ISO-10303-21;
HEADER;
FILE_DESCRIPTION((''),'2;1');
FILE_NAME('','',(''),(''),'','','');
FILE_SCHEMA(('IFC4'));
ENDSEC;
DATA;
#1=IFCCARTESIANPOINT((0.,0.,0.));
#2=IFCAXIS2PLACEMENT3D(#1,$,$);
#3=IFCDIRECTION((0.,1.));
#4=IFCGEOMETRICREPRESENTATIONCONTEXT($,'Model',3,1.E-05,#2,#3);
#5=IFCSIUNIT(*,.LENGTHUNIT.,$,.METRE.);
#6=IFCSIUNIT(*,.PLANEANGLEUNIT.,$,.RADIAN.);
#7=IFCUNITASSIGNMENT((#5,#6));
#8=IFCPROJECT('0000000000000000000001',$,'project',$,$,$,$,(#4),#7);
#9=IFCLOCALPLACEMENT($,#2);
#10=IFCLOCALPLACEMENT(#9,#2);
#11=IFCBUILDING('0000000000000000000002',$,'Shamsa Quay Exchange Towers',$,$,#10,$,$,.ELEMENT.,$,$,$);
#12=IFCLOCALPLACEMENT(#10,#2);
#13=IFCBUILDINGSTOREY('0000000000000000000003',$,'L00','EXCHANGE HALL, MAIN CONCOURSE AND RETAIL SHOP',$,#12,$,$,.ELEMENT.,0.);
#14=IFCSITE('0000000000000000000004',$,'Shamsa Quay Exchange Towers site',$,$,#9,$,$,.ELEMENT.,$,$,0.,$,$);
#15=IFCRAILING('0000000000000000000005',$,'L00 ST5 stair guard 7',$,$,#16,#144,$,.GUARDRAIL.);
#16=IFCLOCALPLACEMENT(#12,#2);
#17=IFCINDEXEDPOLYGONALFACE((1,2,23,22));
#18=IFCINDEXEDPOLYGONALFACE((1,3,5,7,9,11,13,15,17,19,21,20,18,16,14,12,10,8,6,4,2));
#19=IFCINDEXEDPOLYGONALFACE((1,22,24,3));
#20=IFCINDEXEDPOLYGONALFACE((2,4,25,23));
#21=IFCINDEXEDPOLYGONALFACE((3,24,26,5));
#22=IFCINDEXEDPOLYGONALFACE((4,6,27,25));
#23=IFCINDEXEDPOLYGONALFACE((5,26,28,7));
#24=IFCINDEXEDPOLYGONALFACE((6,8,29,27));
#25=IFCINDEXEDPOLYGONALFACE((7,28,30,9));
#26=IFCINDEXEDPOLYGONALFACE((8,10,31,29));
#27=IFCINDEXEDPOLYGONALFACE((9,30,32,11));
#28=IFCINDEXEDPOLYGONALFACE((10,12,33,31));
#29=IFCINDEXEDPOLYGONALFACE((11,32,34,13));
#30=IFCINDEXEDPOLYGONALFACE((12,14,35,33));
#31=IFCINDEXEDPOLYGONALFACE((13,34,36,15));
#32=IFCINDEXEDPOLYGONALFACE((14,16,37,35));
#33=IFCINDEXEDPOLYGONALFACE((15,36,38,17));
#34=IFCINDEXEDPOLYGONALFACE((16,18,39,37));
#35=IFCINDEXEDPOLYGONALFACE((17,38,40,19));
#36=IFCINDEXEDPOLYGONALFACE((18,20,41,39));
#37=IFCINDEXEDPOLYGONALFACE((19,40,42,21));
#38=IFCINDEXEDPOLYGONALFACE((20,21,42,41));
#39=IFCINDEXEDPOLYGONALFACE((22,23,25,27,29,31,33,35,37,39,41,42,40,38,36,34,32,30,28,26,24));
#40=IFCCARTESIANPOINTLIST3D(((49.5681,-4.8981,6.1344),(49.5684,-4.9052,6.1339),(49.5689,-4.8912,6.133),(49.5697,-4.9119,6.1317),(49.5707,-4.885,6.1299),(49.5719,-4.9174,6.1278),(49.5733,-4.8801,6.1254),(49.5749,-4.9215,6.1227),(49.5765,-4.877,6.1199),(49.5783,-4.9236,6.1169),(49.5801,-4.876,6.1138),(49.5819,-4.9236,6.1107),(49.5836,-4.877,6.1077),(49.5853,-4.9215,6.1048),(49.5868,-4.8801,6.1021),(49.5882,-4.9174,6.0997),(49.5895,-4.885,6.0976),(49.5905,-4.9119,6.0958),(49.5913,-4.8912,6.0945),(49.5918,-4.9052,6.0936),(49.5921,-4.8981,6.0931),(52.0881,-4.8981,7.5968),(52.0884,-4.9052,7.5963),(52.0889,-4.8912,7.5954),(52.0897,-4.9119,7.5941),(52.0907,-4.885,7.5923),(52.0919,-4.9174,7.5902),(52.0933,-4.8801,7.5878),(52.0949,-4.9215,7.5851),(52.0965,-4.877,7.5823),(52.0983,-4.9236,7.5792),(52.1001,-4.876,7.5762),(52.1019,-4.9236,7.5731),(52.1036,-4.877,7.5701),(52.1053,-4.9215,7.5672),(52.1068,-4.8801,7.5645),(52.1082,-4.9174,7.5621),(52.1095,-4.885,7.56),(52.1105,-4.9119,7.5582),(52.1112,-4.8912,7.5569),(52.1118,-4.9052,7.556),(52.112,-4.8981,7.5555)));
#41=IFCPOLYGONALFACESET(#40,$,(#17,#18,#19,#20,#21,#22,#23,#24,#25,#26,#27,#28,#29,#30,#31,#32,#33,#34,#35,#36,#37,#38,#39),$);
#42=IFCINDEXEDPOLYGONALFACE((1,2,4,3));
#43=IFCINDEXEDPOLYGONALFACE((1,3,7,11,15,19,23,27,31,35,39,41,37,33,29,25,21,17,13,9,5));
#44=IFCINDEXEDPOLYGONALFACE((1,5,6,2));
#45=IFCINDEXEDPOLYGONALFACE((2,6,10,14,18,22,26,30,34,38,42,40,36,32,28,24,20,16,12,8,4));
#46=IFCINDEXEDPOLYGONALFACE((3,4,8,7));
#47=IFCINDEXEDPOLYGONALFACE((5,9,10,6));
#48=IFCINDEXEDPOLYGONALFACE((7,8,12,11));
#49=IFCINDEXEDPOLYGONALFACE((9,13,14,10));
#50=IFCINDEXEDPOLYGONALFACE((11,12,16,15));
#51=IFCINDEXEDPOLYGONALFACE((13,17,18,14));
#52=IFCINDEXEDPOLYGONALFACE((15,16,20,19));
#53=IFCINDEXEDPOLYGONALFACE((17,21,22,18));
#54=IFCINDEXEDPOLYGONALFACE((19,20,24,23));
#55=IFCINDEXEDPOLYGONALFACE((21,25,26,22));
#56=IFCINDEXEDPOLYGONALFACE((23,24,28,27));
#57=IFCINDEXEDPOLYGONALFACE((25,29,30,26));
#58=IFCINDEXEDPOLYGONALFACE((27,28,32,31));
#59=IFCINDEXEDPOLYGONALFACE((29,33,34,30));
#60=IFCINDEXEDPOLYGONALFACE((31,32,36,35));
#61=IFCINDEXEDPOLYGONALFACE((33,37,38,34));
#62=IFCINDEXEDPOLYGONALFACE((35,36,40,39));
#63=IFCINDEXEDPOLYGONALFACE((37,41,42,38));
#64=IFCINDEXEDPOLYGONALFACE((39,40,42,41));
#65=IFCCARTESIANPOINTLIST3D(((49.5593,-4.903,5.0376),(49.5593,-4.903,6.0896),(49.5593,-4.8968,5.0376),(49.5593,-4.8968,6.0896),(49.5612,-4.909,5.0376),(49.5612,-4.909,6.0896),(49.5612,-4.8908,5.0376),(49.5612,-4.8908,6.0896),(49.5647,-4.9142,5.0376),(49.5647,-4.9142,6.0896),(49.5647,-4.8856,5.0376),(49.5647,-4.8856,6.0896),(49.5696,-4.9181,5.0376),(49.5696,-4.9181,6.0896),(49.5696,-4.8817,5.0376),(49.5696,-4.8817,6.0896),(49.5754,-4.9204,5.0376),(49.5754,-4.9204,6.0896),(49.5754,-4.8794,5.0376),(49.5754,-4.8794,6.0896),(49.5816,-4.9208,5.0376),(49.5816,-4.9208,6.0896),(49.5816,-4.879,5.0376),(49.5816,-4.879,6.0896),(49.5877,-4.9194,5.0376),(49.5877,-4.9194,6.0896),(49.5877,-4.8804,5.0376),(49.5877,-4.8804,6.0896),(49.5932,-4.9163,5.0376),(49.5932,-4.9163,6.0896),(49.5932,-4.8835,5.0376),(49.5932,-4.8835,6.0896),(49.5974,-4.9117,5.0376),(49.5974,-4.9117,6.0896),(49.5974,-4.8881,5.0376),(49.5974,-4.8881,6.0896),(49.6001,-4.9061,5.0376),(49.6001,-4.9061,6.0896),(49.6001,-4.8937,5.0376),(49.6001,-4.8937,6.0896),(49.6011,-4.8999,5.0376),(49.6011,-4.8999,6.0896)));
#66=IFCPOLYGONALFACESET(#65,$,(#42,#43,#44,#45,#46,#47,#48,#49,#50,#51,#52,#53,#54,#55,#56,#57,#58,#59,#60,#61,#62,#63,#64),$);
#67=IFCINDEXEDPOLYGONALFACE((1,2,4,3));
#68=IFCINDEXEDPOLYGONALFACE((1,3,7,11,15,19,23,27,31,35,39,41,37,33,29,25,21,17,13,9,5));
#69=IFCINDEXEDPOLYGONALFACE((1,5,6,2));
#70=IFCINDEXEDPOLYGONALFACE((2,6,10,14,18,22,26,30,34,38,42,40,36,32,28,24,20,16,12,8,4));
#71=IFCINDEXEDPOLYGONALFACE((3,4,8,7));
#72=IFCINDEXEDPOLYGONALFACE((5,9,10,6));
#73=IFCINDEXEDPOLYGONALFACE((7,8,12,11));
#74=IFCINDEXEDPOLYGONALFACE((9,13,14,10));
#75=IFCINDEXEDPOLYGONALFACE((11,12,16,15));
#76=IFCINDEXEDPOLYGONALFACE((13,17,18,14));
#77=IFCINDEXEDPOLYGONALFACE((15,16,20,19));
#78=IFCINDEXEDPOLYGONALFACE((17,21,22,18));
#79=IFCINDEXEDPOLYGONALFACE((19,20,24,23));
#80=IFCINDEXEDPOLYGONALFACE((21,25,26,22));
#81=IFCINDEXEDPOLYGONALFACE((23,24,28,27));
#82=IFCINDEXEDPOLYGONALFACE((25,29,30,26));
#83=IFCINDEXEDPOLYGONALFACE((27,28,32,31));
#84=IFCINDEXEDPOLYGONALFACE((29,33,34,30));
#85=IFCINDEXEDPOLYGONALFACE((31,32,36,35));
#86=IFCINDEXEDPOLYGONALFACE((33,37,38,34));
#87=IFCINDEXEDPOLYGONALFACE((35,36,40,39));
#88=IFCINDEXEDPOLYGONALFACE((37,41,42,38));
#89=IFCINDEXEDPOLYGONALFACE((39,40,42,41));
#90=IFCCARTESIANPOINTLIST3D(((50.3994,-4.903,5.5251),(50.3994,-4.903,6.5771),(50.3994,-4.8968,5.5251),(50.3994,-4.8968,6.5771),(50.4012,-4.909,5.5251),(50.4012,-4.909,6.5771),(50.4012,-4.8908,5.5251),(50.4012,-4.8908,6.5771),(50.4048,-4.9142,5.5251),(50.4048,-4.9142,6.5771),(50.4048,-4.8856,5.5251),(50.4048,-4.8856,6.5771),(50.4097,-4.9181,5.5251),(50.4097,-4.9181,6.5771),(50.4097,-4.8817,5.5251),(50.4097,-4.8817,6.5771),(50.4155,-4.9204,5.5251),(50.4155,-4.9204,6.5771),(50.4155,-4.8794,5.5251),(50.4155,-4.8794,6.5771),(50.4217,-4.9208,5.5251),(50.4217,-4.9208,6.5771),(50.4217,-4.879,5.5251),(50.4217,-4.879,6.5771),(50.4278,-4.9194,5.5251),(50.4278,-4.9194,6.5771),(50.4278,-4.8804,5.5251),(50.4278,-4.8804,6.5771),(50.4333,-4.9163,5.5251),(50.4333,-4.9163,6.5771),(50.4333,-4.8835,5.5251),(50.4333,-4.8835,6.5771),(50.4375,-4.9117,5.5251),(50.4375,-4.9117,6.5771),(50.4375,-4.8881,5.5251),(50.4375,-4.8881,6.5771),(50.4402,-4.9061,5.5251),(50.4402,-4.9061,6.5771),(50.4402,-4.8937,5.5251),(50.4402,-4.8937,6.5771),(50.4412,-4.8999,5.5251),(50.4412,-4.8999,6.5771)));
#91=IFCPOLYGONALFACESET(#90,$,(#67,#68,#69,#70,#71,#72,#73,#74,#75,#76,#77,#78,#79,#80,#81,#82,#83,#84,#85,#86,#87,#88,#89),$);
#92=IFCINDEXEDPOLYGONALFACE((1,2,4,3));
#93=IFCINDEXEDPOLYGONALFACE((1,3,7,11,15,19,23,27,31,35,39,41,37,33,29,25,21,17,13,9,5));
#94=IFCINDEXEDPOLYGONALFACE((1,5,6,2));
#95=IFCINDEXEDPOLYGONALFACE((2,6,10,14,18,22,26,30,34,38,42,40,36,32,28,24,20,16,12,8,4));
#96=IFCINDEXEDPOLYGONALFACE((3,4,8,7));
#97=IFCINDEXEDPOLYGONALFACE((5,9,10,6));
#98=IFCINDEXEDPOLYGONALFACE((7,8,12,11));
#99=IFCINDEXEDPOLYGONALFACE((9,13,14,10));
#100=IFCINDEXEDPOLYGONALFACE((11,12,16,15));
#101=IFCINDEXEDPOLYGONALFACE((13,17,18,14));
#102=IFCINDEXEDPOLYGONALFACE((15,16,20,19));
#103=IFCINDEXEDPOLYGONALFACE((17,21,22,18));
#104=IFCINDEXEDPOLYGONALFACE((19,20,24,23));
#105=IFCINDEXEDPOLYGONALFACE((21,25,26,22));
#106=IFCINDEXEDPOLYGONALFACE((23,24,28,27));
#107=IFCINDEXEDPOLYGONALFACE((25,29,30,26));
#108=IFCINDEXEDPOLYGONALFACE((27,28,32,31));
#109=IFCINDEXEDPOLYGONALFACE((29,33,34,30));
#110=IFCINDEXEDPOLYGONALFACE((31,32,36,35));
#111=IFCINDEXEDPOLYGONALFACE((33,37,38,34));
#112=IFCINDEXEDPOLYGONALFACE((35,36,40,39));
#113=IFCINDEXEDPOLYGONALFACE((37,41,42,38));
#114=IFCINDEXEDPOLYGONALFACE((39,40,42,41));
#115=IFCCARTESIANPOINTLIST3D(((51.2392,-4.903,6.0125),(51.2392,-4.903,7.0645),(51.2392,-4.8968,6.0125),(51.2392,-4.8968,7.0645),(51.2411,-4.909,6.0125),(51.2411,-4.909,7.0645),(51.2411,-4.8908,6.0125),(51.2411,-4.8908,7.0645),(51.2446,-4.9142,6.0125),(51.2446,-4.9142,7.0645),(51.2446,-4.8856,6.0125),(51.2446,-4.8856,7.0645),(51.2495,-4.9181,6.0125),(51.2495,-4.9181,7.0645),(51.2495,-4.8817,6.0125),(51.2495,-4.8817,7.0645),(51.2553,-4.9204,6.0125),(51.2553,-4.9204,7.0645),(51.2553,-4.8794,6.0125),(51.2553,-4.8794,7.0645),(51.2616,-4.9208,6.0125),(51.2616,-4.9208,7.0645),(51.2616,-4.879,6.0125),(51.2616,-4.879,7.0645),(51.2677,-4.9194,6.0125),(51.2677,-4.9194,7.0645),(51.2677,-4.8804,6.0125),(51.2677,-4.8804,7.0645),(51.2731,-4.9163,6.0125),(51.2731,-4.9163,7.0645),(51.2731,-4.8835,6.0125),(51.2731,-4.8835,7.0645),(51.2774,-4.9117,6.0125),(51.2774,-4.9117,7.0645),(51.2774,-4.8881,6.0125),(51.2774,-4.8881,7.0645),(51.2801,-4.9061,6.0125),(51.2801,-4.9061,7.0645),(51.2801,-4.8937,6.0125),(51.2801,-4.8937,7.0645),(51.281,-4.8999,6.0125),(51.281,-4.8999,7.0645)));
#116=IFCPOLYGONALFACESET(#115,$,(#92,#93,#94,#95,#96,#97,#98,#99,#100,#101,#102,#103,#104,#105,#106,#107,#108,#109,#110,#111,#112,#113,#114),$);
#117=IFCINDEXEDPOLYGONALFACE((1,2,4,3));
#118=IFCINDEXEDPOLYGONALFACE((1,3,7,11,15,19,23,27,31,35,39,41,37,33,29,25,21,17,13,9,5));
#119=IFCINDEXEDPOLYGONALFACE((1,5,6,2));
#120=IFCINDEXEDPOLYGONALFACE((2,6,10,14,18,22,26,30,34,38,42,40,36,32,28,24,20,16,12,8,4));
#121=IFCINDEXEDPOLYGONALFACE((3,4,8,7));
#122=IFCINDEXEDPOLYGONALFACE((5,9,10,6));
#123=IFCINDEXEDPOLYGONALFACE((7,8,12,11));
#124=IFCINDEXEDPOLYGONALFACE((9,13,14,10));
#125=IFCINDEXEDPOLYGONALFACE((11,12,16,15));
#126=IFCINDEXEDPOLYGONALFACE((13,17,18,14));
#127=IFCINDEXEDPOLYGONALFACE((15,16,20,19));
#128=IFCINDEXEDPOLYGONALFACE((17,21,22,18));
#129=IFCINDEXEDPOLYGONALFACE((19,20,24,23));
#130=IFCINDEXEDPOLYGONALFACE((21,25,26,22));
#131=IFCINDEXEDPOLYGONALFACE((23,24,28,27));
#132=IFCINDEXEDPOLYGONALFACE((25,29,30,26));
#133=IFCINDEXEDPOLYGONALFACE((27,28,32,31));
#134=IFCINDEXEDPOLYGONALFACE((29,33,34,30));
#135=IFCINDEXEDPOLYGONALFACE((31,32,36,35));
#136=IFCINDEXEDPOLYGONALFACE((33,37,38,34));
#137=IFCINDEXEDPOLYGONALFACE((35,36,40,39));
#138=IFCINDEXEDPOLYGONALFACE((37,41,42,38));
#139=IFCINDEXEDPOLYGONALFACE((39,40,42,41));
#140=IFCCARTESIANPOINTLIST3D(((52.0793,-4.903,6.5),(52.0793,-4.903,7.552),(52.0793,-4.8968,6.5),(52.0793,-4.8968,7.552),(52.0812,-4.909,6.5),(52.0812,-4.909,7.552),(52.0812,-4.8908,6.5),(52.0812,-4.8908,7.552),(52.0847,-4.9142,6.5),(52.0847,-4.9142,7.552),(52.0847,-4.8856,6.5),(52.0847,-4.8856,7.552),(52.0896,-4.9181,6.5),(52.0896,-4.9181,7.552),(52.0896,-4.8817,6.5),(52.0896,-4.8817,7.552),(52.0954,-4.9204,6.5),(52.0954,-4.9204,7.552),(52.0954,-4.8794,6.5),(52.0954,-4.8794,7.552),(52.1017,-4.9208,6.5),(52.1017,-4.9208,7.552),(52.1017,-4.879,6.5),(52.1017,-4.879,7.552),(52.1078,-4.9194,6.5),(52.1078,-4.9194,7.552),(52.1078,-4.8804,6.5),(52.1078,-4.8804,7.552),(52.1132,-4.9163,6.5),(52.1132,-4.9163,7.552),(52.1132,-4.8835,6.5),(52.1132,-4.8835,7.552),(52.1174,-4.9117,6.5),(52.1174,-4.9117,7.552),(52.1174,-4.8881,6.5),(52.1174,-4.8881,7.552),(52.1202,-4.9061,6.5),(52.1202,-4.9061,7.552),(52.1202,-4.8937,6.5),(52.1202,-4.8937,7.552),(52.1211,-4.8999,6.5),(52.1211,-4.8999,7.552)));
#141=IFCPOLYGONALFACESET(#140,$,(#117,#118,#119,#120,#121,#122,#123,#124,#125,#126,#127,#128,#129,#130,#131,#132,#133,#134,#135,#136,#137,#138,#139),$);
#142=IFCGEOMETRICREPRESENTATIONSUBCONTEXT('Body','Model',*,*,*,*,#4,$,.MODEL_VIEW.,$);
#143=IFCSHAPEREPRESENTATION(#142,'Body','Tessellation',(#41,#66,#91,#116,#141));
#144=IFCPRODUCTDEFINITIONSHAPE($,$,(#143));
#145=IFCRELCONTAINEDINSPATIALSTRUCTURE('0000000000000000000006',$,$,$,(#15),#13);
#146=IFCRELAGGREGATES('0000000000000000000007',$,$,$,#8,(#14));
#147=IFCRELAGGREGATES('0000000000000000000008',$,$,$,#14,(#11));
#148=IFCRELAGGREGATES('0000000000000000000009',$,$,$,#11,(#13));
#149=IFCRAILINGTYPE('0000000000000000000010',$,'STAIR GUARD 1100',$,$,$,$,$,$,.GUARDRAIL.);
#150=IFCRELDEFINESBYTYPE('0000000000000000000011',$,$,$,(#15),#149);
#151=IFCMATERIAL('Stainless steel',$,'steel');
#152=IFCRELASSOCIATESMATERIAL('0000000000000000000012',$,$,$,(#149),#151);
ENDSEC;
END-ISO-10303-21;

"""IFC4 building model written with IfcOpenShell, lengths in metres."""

from ifc_helpers import new_model, si_unit, direction, frame, origin, origin_2d, place, context, subcontext, project, spatial, circle, extrude, material, type_object, element, save


model = new_model("IFC4")

# Units and contexts
model_context = context("Model", 3, precision=1e-05, world=origin(), true_north=direction((0.0, 1.0)))
body_context = subcontext(model_context, "Body", "Model", "MODEL_VIEW")
ifc_project = project(units=[si_unit("LENGTHUNIT", "METRE"), si_unit("PLANEANGLEUNIT", "RADIAN")], contexts=[model_context])

# Site, building, storey
site_placement = place(None, origin())
site = spatial("IfcSite", under=ifc_project, at=site_placement, Name="Shamsa Quay Exchange Towers site", CompositionType="ELEMENT", RefElevation=0.0)
building_placement = place(site_placement, origin())
building = spatial("IfcBuilding", under=site, at=building_placement, Name="Shamsa Quay Exchange Towers", CompositionType="ELEMENT")
storey_placement = place(building_placement, origin())
storey = spatial("IfcBuildingStorey", under=building, at=storey_placement, Name="L00", Description="EXCHANGE HALL, MAIN CONCOURSE AND RETAIL SHOP", CompositionType="ELEMENT", Elevation=0.0)

# Railing
ifc_material_1 = material(Name="Stainless steel", Category="steel")
railing_type_1 = type_object("IfcRailingType", Name="STAIR GUARD 1100", PredefinedType="GUARDRAIL", material=ifc_material_1)
railing_1_placement = place(storey_placement, frame((49.5801, -4.8999, 5.0376)))
element("IfcRailing", 1, at=railing_1_placement, inside=storey, type_object=railing_type_1, Name="L00 ST5 stair guard 7", PredefinedType="GUARDRAIL", context=body_context, shape_type="SweptSolid", body=[
    extrude(circle(Radius=0.0239, at=origin_2d()), frame((0.0, 0.0, 1.0762), z_axis=(0.864913, 0.0, 0.501921), x_axis=(0.0, 1.0, 0.0)), (0.0, 0.0, 1.0), 2.9136),
    extrude(circle(Radius=0.021, at=origin_2d()), origin(), (0.0, 0.0, 1.0), 1.052),
    extrude(circle(Radius=0.021, at=origin_2d()), frame((0.8401, 0.0, 0.4875)), (0.0, 0.0, 1.0), 1.052),
    extrude(circle(Radius=0.021, at=origin_2d()), frame((1.6799, 0.0, 0.9749)), (0.0, 0.0, 1.0), 1.052),
    extrude(circle(Radius=0.021, at=origin_2d()), frame((2.52, 0.0, 1.4624)), (0.0, 0.0, 1.0), 1.052),
])

save(model, "model.ifc")
